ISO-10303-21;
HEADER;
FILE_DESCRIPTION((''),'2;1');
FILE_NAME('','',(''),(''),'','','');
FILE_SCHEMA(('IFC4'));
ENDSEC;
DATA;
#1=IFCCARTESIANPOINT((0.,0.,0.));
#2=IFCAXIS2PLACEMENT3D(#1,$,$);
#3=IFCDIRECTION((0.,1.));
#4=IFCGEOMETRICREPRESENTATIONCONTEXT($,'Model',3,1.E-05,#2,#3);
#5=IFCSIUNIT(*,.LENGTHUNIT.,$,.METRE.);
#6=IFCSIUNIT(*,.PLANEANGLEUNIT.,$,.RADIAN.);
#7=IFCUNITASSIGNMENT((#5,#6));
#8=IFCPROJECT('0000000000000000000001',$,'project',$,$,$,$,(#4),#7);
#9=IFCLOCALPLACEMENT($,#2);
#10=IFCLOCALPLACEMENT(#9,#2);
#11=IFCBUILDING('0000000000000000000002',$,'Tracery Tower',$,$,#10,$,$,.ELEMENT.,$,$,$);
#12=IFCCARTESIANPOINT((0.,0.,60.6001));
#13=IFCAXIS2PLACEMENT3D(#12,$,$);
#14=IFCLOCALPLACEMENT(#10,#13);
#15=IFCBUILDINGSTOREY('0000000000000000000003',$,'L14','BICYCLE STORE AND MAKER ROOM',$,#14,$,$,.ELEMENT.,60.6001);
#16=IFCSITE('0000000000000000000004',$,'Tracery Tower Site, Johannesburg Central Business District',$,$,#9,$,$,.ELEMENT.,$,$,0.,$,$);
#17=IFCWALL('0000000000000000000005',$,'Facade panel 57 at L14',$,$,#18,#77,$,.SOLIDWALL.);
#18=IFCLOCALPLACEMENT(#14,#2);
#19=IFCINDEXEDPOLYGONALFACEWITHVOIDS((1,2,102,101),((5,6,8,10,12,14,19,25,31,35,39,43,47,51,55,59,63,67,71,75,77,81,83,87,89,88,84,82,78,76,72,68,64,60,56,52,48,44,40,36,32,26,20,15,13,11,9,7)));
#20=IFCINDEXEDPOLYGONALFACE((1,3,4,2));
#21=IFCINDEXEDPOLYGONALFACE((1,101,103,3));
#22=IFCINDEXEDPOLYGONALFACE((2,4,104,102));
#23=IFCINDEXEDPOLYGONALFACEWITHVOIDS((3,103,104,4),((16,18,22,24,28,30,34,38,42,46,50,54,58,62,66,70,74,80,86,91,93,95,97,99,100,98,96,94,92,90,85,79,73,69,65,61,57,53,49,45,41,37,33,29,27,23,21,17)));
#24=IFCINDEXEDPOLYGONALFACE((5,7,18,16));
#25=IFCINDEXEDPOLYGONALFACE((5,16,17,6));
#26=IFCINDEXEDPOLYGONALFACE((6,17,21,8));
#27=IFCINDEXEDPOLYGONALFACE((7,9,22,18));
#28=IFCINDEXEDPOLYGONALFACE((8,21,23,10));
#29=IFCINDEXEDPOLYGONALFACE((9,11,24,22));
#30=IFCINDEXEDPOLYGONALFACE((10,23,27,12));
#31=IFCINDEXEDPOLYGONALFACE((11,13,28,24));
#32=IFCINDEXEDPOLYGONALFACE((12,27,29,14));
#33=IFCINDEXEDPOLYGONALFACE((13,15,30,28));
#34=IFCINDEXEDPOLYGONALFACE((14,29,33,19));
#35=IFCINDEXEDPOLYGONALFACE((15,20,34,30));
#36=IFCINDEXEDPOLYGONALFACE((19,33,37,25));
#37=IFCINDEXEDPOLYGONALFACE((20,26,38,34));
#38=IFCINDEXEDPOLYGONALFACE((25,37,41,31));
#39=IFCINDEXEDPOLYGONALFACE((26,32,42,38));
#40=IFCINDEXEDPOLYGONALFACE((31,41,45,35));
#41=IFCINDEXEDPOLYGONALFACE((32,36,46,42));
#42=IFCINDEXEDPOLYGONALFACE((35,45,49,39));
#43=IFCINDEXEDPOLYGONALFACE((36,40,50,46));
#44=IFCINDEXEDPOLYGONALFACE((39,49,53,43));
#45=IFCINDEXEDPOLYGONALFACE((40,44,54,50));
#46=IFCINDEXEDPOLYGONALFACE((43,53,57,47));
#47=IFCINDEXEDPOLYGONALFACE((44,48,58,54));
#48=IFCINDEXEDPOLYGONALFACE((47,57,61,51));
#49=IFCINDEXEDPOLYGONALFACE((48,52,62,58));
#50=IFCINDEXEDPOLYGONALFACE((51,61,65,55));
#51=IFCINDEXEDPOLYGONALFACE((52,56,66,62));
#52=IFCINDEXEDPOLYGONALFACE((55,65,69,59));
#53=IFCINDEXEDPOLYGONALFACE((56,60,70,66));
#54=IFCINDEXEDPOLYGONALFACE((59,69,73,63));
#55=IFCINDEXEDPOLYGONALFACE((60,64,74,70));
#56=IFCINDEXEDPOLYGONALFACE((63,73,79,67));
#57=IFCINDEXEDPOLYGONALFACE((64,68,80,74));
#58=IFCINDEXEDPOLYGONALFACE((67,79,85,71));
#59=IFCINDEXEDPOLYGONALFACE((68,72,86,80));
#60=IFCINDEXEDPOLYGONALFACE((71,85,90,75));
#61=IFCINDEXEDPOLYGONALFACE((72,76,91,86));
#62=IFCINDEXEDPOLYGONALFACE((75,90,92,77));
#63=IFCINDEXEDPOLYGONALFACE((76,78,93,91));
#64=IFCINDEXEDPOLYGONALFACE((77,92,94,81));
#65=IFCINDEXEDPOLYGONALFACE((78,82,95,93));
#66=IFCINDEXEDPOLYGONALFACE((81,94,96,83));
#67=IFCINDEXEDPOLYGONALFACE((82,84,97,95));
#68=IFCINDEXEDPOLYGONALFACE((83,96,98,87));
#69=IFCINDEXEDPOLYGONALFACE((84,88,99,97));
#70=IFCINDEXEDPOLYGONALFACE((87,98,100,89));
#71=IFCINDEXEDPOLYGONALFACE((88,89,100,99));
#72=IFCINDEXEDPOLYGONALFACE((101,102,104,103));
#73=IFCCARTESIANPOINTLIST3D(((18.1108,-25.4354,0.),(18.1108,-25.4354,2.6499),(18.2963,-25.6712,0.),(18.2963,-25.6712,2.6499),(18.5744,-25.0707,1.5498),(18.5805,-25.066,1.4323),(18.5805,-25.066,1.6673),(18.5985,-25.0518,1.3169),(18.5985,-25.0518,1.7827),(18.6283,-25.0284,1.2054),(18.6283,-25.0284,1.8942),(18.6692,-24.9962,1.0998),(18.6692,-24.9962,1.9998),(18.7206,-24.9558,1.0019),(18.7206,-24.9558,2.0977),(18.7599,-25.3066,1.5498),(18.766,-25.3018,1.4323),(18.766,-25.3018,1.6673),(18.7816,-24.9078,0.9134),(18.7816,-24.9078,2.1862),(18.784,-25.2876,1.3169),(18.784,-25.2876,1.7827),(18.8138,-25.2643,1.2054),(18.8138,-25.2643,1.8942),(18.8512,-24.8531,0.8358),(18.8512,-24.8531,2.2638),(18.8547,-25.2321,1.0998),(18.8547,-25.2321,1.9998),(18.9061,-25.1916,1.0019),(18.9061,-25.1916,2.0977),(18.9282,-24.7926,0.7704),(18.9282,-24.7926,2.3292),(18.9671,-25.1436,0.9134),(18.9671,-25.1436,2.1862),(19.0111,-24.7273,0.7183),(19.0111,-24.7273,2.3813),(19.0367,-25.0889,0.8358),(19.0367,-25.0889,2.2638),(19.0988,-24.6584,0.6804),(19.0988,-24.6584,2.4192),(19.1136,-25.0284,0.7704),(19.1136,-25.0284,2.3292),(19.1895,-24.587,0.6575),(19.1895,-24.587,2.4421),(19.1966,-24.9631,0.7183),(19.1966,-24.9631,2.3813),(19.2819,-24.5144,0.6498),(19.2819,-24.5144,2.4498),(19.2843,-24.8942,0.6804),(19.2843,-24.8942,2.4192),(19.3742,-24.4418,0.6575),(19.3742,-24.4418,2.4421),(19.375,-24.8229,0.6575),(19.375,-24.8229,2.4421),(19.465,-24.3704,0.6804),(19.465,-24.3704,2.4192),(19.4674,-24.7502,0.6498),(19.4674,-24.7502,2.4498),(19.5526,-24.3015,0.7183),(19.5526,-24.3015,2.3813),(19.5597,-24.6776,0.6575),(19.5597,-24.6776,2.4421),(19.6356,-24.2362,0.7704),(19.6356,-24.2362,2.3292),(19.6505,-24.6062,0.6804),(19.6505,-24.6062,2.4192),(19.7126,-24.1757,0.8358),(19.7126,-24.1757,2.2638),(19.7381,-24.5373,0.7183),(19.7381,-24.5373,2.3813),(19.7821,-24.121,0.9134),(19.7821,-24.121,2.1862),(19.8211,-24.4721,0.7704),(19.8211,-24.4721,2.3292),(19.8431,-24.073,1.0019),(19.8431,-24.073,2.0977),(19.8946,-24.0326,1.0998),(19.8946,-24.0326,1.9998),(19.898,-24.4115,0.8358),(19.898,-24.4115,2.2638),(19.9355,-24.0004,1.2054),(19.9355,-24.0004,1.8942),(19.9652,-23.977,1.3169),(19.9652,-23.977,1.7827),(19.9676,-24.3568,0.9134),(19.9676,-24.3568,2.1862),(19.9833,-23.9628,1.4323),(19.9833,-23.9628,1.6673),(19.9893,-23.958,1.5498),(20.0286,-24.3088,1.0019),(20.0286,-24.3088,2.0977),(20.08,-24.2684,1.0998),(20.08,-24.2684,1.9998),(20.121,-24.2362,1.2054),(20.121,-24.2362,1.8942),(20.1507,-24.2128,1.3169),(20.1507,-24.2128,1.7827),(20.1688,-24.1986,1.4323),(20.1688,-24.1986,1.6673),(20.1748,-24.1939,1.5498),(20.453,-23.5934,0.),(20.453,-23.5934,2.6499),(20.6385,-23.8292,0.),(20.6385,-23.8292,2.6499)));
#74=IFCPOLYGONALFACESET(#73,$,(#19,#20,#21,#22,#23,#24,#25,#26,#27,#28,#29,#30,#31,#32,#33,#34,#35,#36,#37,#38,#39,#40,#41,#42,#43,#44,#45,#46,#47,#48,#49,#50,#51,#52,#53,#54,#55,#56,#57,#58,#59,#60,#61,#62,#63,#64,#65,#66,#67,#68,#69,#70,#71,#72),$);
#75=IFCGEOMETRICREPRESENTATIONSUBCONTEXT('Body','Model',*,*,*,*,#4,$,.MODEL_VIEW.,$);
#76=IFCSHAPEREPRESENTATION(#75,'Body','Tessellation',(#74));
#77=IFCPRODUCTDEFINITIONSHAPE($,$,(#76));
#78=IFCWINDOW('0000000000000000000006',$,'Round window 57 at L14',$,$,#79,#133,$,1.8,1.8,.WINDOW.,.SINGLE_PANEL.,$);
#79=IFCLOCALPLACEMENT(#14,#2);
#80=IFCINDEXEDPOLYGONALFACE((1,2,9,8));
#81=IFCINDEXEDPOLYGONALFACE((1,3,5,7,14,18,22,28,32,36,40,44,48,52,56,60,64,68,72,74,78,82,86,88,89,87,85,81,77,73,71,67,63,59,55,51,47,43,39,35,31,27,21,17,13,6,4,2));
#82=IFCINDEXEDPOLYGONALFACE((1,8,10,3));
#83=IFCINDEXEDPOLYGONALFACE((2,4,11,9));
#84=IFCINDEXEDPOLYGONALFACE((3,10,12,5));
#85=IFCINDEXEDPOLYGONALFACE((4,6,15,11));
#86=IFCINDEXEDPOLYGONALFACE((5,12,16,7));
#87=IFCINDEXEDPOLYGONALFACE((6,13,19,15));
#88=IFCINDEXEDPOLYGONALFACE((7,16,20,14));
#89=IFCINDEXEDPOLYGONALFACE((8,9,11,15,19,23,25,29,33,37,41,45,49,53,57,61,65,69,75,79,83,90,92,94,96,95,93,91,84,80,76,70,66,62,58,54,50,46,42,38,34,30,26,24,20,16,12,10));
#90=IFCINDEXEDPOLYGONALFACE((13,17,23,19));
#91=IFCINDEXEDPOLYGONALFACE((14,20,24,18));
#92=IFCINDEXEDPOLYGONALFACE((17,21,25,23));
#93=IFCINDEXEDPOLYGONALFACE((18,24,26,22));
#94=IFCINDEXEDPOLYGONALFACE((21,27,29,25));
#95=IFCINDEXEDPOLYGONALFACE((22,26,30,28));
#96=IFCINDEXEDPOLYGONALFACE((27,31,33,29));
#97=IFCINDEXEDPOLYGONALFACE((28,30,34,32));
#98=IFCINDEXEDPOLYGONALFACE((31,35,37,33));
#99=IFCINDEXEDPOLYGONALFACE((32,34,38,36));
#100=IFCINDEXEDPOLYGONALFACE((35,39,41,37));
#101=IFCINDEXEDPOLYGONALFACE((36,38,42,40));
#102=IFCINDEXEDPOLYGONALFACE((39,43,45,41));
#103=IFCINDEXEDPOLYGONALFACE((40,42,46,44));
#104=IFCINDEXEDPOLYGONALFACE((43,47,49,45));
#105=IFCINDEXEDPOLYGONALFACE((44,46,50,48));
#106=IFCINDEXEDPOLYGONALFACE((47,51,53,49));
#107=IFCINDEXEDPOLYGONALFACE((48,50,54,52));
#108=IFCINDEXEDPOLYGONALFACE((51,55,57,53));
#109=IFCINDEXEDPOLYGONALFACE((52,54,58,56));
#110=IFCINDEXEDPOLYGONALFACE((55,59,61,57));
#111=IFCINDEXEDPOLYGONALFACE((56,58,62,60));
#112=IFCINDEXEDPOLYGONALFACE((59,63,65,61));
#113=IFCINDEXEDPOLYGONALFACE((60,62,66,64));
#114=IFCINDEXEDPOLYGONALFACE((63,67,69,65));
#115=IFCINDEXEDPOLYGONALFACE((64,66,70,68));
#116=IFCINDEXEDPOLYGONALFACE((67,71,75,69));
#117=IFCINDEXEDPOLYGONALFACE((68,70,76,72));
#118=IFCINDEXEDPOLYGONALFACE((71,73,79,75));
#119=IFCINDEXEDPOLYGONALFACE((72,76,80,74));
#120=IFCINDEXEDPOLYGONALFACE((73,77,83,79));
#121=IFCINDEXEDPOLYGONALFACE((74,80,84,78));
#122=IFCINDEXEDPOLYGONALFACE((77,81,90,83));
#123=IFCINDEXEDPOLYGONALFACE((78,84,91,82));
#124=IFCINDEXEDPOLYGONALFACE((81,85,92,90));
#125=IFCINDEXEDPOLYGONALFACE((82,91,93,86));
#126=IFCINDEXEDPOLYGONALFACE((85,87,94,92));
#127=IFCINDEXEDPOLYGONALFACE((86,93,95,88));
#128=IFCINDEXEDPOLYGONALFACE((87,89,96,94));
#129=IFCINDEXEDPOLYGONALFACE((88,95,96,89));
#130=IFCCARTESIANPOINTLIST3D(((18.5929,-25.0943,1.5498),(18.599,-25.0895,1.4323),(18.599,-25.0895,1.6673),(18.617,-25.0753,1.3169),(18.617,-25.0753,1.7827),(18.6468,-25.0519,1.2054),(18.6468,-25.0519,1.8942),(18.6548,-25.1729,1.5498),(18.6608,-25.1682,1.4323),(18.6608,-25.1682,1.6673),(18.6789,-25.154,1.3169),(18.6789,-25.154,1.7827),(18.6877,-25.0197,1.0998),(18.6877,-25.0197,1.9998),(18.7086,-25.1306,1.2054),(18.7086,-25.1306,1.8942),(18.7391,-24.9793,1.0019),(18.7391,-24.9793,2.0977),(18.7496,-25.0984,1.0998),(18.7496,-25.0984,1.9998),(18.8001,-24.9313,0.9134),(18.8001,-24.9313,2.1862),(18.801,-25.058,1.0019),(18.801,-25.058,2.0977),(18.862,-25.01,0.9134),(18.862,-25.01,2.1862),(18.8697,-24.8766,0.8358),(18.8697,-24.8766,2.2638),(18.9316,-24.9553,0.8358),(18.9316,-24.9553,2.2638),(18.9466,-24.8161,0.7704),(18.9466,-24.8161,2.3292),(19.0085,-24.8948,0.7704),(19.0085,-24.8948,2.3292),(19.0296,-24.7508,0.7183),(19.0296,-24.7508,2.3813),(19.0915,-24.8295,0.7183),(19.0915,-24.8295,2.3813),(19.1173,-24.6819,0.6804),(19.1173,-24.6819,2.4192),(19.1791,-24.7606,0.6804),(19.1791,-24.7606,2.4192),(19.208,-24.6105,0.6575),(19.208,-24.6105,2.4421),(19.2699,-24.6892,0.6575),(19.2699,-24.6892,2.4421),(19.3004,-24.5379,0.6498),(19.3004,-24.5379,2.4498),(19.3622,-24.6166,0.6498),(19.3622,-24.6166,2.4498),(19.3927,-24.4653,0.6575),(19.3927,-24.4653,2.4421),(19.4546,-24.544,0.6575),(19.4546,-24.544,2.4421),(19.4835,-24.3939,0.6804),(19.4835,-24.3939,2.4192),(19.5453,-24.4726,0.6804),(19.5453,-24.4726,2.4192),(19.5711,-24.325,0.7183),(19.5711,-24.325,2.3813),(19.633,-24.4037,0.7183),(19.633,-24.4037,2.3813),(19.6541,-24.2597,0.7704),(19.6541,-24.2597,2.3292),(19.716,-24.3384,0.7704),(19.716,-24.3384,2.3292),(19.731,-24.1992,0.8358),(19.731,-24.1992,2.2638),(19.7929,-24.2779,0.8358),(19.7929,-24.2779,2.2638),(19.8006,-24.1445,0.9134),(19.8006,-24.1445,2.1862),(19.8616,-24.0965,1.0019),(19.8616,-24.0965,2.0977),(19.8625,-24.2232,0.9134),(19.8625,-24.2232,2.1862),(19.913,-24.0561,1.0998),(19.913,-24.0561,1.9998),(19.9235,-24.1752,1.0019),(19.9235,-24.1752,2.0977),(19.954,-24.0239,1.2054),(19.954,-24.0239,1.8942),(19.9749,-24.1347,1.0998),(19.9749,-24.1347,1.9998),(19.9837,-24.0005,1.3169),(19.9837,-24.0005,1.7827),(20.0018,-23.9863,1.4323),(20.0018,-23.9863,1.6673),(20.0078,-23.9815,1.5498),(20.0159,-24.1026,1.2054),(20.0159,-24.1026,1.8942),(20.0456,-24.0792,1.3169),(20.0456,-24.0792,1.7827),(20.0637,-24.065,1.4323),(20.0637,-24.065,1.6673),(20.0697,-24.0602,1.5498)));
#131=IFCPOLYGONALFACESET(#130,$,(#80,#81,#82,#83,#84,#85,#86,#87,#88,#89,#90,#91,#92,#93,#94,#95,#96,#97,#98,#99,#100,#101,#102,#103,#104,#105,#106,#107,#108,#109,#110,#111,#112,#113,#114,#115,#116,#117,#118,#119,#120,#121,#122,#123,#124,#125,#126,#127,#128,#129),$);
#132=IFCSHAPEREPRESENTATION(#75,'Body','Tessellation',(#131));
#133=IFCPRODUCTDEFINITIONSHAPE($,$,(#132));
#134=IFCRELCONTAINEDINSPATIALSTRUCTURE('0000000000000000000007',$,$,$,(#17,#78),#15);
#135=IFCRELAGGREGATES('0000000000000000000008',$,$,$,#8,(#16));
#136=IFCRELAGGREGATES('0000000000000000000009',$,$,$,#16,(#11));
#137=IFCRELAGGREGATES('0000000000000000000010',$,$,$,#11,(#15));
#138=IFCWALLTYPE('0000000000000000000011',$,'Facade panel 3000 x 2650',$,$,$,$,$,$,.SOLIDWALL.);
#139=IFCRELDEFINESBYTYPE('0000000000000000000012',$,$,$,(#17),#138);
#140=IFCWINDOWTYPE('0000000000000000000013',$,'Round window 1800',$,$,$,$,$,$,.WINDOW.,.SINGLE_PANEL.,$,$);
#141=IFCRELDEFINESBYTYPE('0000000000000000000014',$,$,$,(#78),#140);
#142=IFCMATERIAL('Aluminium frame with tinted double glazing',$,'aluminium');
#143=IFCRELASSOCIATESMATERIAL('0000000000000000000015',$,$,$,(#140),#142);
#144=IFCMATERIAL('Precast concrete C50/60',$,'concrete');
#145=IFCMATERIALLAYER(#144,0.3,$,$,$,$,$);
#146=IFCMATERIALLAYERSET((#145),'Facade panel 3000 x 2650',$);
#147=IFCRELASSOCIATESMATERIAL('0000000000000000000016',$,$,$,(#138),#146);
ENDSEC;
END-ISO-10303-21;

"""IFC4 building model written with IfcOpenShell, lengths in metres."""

from ifc_helpers import new_model, si_unit, direction, frame, frame_2d, origin, origin_2d, place, context, subcontext, project, spatial, rectangle, circle, extrude, material, layer, layer_set, type_object, element, fill, save


model = new_model("IFC4")

# Units and contexts
model_context = context("Model", 3, precision=1e-05, world=origin(), true_north=direction((0.0, 1.0)))
body_context = subcontext(model_context, "Body", "Model", "MODEL_VIEW")
ifc_project = project(units=[si_unit("LENGTHUNIT", "METRE"), si_unit("PLANEANGLEUNIT", "RADIAN")], contexts=[model_context])

# Site, building, storey
site_placement = place(None, origin())
site = spatial("IfcSite", under=ifc_project, at=site_placement, Name="Tracery Tower Site, Johannesburg Central Business District", CompositionType="ELEMENT", RefElevation=0.0)
building_placement = place(site_placement, origin())
building = spatial("IfcBuilding", under=site, at=building_placement, Name="Tracery Tower", CompositionType="ELEMENT")
storey_placement = place(building_placement, frame((0.0, 0.0, 60.6001)))
storey = spatial("IfcBuildingStorey", under=building, at=storey_placement, Name="L14", Description="BICYCLE STORE AND MAKER ROOM", CompositionType="ELEMENT", Elevation=60.6001)

# Wall, opening, window
ifc_material_1 = material(Name="Aluminium frame with tinted double glazing", Category="aluminium")
window_type = type_object("IfcWindowType", Name="Round window 1800", PartitioningType="SINGLE_PANEL", PredefinedType="WINDOW", material=ifc_material_1)
ifc_material_2 = material(Name="Precast concrete C50/60", Category="concrete")
ifc_layer_1 = layer(ifc_material_2, 0.3)
ifc_layer_set_1 = layer_set([ifc_layer_1], Name="Facade panel 3000 x 2650")
wall_type_1 = type_object("IfcWallType", Name="Facade panel 3000 x 2650", PredefinedType="SOLIDWALL", material=ifc_layer_set_1)
wall_1_placement = place(storey_placement, frame((18.2036, -25.5532, 0.0), z_axis=(0.0, 0.0, 1.0), x_axis=(0.786045, 0.618169, 0.0)))
wall_1 = element("IfcWall", 1, at=wall_1_placement, inside=storey, type_object=wall_type_1, Name="Facade panel 57 at L14", PredefinedType="SOLIDWALL", context=body_context, shape_type="SweptSolid", body=[
    extrude(rectangle(XDim=2.9797, YDim=0.3, at=frame_2d((1.4897, 0.0))), origin(), (0.0, 0.0, 1.0), 2.6499),
])
opening_1_placement = place(wall_1_placement, frame((1.4897, 0.0, 1.5498)))
opening_1 = element("IfcOpeningElement", 2, at=opening_1_placement, cuts=wall_1, PredefinedType="OPENING", context=body_context, shape_type="SweptSolid", body=[
    extrude(circle(Radius=0.9, at=origin_2d()), frame((0.0, 0.1599, 0.0), z_axis=(0.0, -1.0, 0.0), x_axis=(1.0, 0.0, 0.0)), (0.0, 0.0, 1.0), 0.3201),
])
window_1_placement = place(opening_1_placement, origin())
window_1 = element("IfcWindow", 3, at=window_1_placement, inside=storey, type_object=window_type, Name="Round window 57 at L14", OverallHeight=1.8, OverallWidth=1.8, PartitioningType="SINGLE_PANEL", PredefinedType="WINDOW", context=body_context, shape_type="SweptSolid", body=[
    extrude(circle(Radius=0.9, at=origin_2d()), frame((0.0, 0.1201, 0.0), z_axis=(0.0, -1.0, 0.0), x_axis=(1.0, 0.0, 0.0)), (0.0, 0.0, 1.0), 0.1001),
])
fill(opening_1, window_1)

save(model, "model.ifc")
